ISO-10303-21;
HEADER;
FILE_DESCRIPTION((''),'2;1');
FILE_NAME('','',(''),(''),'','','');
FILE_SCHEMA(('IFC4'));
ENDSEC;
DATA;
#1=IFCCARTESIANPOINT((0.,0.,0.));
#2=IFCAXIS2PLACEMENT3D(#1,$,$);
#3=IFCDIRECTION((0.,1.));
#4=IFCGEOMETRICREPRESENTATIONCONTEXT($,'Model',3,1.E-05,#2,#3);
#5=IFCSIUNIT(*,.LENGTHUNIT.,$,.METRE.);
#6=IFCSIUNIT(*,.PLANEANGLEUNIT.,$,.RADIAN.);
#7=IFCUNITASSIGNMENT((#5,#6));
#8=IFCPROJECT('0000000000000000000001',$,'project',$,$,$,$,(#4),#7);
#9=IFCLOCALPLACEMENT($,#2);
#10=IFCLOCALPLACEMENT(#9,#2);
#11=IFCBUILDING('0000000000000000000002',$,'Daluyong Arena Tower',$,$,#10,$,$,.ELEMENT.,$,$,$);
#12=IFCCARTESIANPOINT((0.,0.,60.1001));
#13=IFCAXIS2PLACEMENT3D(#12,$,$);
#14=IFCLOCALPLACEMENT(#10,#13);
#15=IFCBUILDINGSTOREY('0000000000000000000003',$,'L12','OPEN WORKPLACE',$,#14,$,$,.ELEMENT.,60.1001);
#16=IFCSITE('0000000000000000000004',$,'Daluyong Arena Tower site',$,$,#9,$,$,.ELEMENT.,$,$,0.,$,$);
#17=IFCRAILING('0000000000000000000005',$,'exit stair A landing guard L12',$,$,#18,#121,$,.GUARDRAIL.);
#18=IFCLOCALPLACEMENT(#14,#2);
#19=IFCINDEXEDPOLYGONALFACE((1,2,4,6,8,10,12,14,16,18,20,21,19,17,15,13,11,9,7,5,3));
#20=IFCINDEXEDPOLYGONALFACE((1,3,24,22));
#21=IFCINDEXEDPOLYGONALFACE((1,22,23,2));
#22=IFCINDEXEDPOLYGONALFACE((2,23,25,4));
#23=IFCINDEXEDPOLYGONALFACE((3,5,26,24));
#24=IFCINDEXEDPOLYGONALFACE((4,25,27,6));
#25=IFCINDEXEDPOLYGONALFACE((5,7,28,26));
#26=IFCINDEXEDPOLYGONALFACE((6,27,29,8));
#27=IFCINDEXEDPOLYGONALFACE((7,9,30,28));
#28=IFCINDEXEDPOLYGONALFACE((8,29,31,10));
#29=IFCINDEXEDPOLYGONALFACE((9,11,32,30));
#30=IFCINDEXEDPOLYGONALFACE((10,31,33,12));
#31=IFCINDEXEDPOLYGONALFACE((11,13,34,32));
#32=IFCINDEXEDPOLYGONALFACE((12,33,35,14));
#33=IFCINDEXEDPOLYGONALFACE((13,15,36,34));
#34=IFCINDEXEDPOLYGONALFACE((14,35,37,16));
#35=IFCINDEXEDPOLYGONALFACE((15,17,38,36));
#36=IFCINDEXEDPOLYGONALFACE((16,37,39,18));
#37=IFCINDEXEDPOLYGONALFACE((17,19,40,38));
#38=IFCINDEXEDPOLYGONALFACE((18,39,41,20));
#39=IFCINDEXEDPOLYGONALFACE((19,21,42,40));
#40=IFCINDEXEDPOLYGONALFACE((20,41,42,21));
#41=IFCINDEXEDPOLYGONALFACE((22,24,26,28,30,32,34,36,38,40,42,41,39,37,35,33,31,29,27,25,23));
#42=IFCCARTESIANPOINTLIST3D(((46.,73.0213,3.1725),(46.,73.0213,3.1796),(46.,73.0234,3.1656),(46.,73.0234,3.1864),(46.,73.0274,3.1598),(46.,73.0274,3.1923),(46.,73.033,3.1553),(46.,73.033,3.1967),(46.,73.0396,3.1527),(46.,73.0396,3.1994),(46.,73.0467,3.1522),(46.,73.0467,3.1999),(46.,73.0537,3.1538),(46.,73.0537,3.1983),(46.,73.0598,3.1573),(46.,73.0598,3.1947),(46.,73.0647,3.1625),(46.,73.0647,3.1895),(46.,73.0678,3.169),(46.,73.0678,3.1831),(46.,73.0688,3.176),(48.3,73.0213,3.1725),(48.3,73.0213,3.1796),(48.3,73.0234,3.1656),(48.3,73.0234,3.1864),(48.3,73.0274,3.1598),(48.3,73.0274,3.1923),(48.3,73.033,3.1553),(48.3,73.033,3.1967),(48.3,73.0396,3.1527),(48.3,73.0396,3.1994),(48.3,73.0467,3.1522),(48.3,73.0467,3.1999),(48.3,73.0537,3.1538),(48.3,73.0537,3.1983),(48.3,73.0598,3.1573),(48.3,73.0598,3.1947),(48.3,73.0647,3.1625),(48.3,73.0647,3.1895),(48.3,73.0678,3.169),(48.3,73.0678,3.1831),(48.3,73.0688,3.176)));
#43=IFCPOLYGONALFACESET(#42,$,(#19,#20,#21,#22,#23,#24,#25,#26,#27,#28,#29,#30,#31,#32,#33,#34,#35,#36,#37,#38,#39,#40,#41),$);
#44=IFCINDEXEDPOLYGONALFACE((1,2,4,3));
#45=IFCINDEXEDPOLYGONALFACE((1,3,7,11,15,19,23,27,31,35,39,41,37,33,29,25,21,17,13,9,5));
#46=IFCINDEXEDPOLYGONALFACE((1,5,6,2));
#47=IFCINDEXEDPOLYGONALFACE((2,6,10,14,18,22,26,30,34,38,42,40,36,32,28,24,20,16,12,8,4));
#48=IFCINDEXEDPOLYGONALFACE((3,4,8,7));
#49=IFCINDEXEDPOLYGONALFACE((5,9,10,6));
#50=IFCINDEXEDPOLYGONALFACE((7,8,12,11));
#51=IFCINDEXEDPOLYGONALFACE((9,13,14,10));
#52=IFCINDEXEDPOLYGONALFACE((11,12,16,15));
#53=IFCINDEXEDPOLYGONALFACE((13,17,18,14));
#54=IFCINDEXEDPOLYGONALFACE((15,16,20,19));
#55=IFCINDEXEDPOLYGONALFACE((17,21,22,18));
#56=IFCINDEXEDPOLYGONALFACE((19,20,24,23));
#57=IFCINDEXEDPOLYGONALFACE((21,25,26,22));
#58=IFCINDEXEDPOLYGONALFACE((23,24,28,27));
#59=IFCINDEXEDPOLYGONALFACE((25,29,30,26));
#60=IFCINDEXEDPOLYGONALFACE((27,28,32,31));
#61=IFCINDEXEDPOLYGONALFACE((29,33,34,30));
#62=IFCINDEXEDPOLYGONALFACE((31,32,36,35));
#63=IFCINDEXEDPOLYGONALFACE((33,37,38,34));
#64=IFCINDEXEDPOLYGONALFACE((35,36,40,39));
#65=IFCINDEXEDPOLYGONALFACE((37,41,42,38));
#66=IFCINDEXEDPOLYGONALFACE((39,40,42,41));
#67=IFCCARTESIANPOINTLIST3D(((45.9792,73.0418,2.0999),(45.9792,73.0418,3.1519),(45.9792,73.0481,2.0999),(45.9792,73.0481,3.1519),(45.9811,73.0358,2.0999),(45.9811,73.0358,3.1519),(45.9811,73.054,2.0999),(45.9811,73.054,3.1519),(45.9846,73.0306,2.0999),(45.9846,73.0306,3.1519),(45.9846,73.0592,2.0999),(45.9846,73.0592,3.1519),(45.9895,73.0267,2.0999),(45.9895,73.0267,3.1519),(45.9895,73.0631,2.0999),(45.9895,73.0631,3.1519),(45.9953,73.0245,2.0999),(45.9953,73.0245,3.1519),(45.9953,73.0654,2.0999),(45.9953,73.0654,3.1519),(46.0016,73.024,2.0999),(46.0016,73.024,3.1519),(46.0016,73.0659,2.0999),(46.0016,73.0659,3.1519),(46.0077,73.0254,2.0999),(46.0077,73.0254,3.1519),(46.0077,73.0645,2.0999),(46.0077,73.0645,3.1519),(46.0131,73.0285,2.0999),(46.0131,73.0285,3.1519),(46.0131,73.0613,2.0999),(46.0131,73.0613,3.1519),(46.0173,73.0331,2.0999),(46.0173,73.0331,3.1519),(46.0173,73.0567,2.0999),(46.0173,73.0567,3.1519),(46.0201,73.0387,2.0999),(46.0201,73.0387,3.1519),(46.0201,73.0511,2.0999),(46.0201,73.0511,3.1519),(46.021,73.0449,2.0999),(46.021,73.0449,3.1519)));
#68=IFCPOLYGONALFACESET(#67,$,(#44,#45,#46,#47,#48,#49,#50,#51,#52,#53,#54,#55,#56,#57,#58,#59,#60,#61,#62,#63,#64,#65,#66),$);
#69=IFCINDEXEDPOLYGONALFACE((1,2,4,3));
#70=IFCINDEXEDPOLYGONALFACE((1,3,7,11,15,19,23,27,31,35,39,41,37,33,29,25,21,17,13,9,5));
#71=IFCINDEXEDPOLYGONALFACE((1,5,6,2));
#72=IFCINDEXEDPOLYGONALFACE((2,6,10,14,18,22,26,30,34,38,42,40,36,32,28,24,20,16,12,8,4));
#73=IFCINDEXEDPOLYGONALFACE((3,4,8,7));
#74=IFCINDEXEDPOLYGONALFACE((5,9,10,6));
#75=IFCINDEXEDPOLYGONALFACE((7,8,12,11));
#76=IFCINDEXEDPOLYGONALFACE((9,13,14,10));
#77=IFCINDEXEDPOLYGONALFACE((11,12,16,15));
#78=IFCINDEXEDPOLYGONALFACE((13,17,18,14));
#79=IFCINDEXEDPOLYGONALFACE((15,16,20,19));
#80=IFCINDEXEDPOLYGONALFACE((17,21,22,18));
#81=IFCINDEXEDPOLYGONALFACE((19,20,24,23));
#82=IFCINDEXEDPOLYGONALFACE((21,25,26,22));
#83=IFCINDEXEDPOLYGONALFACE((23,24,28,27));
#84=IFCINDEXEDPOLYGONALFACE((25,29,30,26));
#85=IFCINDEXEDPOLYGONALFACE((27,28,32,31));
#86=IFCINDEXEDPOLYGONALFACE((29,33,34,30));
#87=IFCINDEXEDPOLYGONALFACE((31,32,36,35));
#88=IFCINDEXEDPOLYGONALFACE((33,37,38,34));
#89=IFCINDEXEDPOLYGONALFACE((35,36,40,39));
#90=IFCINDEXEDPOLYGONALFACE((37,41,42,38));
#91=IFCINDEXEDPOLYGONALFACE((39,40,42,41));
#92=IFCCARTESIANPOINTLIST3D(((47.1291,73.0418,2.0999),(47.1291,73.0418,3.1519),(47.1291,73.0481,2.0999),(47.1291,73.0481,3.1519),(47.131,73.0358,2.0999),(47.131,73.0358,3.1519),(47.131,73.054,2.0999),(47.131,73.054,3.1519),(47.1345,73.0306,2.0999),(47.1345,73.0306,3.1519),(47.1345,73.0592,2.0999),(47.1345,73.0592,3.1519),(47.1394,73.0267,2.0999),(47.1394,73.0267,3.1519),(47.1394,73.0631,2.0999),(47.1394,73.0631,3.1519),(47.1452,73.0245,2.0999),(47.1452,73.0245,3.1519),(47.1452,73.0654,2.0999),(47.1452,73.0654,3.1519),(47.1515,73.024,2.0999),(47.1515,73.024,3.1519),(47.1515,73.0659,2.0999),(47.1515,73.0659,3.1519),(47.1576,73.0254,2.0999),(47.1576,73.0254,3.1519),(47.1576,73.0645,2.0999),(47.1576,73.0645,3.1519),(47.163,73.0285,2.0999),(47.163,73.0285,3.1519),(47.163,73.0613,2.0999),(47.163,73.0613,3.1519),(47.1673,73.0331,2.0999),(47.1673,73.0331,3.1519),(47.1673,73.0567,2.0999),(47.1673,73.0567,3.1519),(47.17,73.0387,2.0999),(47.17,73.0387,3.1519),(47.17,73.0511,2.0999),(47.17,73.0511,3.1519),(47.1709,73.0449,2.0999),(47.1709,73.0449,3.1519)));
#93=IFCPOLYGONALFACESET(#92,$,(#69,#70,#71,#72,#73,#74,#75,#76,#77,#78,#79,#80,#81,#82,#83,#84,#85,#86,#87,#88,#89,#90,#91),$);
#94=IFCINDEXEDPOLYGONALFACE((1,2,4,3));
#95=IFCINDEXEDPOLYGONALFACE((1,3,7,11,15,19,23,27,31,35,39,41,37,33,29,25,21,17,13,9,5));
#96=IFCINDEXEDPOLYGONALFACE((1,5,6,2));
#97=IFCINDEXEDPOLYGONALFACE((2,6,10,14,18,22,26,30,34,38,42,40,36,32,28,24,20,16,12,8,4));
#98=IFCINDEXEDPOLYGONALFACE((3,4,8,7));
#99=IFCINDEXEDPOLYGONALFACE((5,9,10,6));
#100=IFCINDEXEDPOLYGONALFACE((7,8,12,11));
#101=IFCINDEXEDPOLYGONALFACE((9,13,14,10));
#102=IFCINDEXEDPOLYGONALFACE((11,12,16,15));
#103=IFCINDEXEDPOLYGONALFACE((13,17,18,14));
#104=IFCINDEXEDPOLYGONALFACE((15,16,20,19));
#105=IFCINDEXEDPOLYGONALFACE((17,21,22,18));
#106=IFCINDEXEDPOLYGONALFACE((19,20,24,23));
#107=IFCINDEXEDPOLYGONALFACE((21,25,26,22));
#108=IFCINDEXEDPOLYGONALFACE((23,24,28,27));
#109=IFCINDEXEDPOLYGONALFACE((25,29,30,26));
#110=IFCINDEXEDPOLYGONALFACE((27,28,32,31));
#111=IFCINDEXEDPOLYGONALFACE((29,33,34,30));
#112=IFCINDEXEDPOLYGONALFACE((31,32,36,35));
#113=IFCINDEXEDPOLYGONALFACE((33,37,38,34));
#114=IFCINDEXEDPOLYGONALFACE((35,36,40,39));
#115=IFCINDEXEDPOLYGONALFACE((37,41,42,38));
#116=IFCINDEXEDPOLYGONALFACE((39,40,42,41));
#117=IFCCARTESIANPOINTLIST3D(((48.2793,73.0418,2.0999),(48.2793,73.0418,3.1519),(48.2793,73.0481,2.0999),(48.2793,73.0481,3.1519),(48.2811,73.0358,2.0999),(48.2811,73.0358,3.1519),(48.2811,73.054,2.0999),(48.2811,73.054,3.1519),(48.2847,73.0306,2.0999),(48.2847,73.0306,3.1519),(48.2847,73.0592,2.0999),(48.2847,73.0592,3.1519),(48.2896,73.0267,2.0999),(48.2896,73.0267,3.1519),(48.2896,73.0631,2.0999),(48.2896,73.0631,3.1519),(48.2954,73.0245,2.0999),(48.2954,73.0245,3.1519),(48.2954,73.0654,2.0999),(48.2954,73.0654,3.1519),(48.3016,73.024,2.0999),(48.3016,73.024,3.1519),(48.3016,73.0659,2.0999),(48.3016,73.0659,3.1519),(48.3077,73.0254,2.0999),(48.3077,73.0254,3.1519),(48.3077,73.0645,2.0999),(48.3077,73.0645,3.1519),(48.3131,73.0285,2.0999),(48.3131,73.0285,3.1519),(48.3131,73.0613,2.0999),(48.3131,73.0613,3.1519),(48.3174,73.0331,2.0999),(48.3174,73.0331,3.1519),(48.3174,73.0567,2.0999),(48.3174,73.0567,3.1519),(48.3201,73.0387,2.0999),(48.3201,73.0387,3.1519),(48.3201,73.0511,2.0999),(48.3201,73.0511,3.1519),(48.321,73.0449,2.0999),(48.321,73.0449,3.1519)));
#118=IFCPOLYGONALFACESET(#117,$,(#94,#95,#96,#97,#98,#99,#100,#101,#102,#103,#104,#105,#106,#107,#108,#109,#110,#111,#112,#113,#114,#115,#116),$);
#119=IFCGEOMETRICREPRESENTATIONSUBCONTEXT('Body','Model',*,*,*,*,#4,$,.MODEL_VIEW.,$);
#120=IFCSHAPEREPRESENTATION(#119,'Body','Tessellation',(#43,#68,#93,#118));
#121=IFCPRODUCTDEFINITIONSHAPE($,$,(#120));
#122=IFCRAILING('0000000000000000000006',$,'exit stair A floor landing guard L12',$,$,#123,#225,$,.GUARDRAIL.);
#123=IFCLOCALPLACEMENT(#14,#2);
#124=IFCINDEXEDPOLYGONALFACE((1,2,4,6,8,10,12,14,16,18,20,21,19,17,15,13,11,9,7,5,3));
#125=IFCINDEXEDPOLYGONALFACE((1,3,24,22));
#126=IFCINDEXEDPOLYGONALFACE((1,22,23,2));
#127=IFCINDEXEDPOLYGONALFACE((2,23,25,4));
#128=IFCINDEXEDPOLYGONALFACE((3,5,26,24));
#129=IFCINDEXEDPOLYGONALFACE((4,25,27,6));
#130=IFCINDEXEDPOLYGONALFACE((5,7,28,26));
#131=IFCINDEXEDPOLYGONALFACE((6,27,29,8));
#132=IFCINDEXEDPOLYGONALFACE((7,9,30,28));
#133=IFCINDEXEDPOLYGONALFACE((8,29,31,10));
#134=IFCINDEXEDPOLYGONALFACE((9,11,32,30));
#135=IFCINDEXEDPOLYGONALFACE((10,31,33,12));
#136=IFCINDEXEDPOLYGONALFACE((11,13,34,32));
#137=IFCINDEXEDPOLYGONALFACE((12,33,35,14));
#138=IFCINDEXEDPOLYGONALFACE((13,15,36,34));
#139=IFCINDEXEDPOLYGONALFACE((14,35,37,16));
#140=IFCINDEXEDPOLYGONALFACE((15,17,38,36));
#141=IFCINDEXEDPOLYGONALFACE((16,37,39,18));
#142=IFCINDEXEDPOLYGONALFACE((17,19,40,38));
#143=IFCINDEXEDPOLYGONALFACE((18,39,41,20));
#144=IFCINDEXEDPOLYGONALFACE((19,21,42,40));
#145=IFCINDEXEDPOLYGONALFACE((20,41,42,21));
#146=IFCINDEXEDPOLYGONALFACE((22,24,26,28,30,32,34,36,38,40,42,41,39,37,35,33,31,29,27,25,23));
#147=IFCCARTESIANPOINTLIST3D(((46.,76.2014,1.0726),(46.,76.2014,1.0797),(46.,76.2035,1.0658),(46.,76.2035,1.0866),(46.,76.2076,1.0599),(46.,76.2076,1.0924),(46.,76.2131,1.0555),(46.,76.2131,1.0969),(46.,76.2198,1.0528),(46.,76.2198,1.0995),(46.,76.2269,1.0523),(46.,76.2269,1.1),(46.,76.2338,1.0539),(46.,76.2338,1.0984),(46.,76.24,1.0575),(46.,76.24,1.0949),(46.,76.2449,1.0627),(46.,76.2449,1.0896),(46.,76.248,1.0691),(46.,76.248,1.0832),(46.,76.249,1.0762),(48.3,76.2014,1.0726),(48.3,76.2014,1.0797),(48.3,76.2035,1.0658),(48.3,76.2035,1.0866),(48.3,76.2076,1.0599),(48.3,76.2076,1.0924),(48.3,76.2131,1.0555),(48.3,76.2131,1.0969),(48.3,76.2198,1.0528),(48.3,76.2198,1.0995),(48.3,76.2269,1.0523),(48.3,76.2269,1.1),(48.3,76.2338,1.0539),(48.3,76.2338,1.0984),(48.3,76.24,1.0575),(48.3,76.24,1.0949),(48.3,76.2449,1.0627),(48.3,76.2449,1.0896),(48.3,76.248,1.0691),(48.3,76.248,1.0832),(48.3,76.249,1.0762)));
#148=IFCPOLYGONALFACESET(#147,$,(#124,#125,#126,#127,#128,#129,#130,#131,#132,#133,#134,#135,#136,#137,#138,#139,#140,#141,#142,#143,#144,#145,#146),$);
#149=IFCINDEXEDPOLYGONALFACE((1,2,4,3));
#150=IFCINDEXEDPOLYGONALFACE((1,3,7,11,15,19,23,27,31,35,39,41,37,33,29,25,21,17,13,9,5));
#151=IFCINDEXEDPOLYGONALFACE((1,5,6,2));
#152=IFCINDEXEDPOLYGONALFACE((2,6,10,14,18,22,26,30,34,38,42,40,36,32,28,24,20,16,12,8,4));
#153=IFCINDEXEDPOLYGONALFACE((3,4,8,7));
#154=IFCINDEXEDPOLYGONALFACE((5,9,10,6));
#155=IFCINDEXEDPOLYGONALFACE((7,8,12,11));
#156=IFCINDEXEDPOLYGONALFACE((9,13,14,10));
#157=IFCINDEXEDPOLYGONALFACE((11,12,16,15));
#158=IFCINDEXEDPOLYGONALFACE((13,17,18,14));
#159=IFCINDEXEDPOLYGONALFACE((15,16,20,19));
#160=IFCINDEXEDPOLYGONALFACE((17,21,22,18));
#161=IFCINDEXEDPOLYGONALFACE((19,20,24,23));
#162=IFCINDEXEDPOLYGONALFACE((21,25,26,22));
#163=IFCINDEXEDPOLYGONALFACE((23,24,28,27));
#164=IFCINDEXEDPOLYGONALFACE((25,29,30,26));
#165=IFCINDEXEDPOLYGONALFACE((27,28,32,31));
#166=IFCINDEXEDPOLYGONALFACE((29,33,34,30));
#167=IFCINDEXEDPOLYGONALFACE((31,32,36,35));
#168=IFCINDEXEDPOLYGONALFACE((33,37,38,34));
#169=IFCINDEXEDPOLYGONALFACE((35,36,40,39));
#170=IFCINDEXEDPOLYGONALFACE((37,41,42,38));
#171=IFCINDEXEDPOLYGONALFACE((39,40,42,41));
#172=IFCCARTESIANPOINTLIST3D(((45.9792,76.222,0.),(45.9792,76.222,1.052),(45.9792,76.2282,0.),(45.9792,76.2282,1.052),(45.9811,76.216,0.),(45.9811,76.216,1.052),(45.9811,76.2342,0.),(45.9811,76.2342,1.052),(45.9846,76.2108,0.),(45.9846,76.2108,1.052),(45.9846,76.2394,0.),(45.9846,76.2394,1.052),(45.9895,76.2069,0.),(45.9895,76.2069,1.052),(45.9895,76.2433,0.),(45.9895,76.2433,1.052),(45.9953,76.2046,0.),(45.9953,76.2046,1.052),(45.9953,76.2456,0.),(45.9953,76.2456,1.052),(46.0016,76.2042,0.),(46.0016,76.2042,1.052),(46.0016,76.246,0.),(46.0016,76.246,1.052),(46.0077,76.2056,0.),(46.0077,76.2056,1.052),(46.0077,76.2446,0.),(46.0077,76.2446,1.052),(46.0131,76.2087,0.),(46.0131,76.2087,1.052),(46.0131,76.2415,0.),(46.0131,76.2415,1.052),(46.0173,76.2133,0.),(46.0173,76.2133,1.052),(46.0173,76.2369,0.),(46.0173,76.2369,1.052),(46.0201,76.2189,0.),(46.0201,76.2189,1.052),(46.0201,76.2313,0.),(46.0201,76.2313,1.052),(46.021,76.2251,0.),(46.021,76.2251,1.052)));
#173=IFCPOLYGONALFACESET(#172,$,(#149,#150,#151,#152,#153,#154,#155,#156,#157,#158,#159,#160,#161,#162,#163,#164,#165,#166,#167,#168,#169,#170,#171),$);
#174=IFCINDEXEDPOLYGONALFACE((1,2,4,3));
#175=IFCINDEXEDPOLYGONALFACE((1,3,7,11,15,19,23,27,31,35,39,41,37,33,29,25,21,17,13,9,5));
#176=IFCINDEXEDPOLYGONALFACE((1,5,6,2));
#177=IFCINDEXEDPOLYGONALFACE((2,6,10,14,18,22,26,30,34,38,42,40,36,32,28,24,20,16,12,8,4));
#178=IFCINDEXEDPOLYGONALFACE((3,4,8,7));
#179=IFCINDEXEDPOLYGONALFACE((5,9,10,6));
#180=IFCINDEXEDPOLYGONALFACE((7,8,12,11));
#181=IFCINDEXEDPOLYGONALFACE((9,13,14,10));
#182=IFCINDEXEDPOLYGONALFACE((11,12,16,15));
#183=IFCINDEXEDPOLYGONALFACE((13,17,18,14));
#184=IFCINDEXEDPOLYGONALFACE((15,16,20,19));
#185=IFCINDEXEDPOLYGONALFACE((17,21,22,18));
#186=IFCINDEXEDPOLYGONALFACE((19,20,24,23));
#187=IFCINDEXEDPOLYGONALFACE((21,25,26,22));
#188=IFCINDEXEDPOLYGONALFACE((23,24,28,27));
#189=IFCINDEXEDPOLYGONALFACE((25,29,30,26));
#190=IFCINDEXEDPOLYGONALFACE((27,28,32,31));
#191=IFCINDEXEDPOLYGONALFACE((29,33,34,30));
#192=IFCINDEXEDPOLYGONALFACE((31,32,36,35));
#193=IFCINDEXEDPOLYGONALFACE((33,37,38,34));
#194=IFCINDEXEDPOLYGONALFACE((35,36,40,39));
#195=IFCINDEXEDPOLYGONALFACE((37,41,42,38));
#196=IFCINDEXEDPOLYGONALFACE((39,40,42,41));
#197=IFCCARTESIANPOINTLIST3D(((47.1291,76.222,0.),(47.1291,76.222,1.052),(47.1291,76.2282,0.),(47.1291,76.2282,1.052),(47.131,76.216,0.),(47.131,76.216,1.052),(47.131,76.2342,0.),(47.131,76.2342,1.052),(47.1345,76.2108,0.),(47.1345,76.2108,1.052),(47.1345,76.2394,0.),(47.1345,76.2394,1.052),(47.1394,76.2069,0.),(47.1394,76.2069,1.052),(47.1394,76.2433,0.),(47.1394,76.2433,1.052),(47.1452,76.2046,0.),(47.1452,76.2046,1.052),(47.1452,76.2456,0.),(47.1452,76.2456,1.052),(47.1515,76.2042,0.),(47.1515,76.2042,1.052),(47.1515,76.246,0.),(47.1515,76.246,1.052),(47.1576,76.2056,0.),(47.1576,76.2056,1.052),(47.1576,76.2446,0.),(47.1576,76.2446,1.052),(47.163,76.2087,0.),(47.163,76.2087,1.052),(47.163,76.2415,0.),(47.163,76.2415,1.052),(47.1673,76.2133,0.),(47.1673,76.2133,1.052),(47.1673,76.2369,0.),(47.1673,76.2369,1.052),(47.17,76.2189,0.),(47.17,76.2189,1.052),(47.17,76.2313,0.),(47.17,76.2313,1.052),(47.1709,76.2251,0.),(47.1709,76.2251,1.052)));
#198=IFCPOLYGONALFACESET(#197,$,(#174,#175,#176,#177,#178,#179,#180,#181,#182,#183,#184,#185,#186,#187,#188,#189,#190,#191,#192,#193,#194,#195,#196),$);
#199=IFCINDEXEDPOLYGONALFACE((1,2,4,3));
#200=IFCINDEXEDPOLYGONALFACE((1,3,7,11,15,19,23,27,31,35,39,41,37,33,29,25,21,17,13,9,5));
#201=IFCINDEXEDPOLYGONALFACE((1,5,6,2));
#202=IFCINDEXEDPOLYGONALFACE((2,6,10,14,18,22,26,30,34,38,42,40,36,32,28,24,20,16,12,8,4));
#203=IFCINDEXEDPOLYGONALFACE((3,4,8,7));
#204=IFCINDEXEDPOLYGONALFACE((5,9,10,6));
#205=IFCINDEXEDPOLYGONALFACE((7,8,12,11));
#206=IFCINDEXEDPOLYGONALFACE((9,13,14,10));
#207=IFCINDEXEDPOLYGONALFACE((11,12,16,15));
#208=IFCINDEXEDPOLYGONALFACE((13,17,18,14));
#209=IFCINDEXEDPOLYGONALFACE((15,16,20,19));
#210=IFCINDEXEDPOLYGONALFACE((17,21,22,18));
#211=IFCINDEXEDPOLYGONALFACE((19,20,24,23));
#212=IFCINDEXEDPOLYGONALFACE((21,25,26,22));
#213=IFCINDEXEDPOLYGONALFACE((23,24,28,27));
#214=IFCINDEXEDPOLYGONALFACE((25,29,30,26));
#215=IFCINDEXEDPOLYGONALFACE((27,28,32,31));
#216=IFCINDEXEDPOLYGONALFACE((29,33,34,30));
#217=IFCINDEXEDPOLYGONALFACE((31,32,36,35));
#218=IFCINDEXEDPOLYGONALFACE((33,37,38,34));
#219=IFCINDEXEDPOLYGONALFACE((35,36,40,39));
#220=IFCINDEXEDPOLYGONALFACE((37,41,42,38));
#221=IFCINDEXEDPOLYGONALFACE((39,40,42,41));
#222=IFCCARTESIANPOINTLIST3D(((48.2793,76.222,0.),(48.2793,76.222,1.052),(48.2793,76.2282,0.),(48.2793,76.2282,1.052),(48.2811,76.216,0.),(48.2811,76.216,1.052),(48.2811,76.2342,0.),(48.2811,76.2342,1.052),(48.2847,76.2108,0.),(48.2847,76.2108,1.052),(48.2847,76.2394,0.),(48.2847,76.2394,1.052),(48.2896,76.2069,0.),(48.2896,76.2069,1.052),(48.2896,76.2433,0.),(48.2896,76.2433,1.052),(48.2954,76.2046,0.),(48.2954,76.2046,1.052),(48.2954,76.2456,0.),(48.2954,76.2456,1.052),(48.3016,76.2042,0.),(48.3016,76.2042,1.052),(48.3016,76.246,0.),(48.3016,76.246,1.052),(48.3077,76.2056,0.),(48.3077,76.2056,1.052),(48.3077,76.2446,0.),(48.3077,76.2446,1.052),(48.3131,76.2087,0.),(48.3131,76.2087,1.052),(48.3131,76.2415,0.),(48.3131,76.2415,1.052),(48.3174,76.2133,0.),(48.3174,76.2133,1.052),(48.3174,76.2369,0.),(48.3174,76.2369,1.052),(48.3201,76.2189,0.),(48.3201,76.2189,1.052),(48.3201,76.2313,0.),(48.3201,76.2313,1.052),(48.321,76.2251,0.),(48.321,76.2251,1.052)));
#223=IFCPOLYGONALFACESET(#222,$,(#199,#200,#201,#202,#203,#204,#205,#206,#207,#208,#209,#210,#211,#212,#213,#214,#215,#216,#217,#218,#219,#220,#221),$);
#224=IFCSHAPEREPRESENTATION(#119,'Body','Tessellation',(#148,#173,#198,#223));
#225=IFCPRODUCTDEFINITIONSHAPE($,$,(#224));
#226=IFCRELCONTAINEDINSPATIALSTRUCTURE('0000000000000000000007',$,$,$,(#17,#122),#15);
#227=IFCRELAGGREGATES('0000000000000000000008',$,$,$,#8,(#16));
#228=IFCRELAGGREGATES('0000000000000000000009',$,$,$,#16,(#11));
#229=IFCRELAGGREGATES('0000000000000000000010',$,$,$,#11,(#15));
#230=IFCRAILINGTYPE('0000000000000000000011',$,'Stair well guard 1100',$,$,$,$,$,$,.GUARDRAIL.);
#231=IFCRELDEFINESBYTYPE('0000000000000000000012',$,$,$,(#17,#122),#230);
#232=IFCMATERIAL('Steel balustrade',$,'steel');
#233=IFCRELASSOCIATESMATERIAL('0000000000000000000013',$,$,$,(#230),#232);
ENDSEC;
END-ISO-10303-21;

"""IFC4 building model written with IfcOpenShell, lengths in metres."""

from ifc_helpers import new_model, si_unit, direction, frame, origin, origin_2d, place, context, subcontext, project, spatial, circle, extrude, material, type_object, element, save


model = new_model("IFC4")

# Units and contexts
model_context = context("Model", 3, precision=1e-05, world=origin(), true_north=direction((0.0, 1.0)))
body_context = subcontext(model_context, "Body", "Model", "MODEL_VIEW")
ifc_project = project(units=[si_unit("LENGTHUNIT", "METRE"), si_unit("PLANEANGLEUNIT", "RADIAN")], contexts=[model_context])

# Site, building, storey
site_placement = place(None, origin())
site = spatial("IfcSite", under=ifc_project, at=site_placement, Name="Daluyong Arena Tower site", CompositionType="ELEMENT", RefElevation=0.0)
building_placement = place(site_placement, origin())
building = spatial("IfcBuilding", under=site, at=building_placement, Name="Daluyong Arena Tower", CompositionType="ELEMENT")
storey_placement = place(building_placement, frame((0.0, 0.0, 60.1001)))
storey = spatial("IfcBuildingStorey", under=building, at=storey_placement, Name="L12", Description="OPEN WORKPLACE", CompositionType="ELEMENT", Elevation=60.1001)

# Railings
ifc_material_1 = material(Name="Steel balustrade", Category="steel")
railing_type_1 = type_object("IfcRailingType", Name="Stair well guard 1100", PredefinedType="GUARDRAIL", material=ifc_material_1)
for number, where, name in (
    (1, (46.0, 73.0449, 2.0999), "exit stair A landing guard L12"),
    (2, (46.0, 76.2251, 0.0), "exit stair A floor landing guard L12"),
):
    element("IfcRailing", number, at=place(storey_placement, frame(where)), inside=storey, type_object=railing_type_1, Name=name, PredefinedType="GUARDRAIL", context=body_context, shape_type="SweptSolid", body=[
        extrude(circle(Radius=0.0239, at=origin_2d()), frame((0.0, 0.0, 1.0762), z_axis=(1.0, 0.0, 0.0), x_axis=(0.0, 1.0, 0.0)), (0.0, 0.0, 1.0), 2.3),
        extrude(circle(Radius=0.021, at=origin_2d()), origin(), (0.0, 0.0, 1.0), 1.052),
        extrude(circle(Radius=0.021, at=origin_2d()), frame((1.1499, 0.0, 0.0)), (0.0, 0.0, 1.0), 1.052),
        extrude(circle(Radius=0.021, at=origin_2d()), frame((2.3, 0.0, 0.0)), (0.0, 0.0, 1.0), 1.052),
    ])

save(model, "model.ifc")
